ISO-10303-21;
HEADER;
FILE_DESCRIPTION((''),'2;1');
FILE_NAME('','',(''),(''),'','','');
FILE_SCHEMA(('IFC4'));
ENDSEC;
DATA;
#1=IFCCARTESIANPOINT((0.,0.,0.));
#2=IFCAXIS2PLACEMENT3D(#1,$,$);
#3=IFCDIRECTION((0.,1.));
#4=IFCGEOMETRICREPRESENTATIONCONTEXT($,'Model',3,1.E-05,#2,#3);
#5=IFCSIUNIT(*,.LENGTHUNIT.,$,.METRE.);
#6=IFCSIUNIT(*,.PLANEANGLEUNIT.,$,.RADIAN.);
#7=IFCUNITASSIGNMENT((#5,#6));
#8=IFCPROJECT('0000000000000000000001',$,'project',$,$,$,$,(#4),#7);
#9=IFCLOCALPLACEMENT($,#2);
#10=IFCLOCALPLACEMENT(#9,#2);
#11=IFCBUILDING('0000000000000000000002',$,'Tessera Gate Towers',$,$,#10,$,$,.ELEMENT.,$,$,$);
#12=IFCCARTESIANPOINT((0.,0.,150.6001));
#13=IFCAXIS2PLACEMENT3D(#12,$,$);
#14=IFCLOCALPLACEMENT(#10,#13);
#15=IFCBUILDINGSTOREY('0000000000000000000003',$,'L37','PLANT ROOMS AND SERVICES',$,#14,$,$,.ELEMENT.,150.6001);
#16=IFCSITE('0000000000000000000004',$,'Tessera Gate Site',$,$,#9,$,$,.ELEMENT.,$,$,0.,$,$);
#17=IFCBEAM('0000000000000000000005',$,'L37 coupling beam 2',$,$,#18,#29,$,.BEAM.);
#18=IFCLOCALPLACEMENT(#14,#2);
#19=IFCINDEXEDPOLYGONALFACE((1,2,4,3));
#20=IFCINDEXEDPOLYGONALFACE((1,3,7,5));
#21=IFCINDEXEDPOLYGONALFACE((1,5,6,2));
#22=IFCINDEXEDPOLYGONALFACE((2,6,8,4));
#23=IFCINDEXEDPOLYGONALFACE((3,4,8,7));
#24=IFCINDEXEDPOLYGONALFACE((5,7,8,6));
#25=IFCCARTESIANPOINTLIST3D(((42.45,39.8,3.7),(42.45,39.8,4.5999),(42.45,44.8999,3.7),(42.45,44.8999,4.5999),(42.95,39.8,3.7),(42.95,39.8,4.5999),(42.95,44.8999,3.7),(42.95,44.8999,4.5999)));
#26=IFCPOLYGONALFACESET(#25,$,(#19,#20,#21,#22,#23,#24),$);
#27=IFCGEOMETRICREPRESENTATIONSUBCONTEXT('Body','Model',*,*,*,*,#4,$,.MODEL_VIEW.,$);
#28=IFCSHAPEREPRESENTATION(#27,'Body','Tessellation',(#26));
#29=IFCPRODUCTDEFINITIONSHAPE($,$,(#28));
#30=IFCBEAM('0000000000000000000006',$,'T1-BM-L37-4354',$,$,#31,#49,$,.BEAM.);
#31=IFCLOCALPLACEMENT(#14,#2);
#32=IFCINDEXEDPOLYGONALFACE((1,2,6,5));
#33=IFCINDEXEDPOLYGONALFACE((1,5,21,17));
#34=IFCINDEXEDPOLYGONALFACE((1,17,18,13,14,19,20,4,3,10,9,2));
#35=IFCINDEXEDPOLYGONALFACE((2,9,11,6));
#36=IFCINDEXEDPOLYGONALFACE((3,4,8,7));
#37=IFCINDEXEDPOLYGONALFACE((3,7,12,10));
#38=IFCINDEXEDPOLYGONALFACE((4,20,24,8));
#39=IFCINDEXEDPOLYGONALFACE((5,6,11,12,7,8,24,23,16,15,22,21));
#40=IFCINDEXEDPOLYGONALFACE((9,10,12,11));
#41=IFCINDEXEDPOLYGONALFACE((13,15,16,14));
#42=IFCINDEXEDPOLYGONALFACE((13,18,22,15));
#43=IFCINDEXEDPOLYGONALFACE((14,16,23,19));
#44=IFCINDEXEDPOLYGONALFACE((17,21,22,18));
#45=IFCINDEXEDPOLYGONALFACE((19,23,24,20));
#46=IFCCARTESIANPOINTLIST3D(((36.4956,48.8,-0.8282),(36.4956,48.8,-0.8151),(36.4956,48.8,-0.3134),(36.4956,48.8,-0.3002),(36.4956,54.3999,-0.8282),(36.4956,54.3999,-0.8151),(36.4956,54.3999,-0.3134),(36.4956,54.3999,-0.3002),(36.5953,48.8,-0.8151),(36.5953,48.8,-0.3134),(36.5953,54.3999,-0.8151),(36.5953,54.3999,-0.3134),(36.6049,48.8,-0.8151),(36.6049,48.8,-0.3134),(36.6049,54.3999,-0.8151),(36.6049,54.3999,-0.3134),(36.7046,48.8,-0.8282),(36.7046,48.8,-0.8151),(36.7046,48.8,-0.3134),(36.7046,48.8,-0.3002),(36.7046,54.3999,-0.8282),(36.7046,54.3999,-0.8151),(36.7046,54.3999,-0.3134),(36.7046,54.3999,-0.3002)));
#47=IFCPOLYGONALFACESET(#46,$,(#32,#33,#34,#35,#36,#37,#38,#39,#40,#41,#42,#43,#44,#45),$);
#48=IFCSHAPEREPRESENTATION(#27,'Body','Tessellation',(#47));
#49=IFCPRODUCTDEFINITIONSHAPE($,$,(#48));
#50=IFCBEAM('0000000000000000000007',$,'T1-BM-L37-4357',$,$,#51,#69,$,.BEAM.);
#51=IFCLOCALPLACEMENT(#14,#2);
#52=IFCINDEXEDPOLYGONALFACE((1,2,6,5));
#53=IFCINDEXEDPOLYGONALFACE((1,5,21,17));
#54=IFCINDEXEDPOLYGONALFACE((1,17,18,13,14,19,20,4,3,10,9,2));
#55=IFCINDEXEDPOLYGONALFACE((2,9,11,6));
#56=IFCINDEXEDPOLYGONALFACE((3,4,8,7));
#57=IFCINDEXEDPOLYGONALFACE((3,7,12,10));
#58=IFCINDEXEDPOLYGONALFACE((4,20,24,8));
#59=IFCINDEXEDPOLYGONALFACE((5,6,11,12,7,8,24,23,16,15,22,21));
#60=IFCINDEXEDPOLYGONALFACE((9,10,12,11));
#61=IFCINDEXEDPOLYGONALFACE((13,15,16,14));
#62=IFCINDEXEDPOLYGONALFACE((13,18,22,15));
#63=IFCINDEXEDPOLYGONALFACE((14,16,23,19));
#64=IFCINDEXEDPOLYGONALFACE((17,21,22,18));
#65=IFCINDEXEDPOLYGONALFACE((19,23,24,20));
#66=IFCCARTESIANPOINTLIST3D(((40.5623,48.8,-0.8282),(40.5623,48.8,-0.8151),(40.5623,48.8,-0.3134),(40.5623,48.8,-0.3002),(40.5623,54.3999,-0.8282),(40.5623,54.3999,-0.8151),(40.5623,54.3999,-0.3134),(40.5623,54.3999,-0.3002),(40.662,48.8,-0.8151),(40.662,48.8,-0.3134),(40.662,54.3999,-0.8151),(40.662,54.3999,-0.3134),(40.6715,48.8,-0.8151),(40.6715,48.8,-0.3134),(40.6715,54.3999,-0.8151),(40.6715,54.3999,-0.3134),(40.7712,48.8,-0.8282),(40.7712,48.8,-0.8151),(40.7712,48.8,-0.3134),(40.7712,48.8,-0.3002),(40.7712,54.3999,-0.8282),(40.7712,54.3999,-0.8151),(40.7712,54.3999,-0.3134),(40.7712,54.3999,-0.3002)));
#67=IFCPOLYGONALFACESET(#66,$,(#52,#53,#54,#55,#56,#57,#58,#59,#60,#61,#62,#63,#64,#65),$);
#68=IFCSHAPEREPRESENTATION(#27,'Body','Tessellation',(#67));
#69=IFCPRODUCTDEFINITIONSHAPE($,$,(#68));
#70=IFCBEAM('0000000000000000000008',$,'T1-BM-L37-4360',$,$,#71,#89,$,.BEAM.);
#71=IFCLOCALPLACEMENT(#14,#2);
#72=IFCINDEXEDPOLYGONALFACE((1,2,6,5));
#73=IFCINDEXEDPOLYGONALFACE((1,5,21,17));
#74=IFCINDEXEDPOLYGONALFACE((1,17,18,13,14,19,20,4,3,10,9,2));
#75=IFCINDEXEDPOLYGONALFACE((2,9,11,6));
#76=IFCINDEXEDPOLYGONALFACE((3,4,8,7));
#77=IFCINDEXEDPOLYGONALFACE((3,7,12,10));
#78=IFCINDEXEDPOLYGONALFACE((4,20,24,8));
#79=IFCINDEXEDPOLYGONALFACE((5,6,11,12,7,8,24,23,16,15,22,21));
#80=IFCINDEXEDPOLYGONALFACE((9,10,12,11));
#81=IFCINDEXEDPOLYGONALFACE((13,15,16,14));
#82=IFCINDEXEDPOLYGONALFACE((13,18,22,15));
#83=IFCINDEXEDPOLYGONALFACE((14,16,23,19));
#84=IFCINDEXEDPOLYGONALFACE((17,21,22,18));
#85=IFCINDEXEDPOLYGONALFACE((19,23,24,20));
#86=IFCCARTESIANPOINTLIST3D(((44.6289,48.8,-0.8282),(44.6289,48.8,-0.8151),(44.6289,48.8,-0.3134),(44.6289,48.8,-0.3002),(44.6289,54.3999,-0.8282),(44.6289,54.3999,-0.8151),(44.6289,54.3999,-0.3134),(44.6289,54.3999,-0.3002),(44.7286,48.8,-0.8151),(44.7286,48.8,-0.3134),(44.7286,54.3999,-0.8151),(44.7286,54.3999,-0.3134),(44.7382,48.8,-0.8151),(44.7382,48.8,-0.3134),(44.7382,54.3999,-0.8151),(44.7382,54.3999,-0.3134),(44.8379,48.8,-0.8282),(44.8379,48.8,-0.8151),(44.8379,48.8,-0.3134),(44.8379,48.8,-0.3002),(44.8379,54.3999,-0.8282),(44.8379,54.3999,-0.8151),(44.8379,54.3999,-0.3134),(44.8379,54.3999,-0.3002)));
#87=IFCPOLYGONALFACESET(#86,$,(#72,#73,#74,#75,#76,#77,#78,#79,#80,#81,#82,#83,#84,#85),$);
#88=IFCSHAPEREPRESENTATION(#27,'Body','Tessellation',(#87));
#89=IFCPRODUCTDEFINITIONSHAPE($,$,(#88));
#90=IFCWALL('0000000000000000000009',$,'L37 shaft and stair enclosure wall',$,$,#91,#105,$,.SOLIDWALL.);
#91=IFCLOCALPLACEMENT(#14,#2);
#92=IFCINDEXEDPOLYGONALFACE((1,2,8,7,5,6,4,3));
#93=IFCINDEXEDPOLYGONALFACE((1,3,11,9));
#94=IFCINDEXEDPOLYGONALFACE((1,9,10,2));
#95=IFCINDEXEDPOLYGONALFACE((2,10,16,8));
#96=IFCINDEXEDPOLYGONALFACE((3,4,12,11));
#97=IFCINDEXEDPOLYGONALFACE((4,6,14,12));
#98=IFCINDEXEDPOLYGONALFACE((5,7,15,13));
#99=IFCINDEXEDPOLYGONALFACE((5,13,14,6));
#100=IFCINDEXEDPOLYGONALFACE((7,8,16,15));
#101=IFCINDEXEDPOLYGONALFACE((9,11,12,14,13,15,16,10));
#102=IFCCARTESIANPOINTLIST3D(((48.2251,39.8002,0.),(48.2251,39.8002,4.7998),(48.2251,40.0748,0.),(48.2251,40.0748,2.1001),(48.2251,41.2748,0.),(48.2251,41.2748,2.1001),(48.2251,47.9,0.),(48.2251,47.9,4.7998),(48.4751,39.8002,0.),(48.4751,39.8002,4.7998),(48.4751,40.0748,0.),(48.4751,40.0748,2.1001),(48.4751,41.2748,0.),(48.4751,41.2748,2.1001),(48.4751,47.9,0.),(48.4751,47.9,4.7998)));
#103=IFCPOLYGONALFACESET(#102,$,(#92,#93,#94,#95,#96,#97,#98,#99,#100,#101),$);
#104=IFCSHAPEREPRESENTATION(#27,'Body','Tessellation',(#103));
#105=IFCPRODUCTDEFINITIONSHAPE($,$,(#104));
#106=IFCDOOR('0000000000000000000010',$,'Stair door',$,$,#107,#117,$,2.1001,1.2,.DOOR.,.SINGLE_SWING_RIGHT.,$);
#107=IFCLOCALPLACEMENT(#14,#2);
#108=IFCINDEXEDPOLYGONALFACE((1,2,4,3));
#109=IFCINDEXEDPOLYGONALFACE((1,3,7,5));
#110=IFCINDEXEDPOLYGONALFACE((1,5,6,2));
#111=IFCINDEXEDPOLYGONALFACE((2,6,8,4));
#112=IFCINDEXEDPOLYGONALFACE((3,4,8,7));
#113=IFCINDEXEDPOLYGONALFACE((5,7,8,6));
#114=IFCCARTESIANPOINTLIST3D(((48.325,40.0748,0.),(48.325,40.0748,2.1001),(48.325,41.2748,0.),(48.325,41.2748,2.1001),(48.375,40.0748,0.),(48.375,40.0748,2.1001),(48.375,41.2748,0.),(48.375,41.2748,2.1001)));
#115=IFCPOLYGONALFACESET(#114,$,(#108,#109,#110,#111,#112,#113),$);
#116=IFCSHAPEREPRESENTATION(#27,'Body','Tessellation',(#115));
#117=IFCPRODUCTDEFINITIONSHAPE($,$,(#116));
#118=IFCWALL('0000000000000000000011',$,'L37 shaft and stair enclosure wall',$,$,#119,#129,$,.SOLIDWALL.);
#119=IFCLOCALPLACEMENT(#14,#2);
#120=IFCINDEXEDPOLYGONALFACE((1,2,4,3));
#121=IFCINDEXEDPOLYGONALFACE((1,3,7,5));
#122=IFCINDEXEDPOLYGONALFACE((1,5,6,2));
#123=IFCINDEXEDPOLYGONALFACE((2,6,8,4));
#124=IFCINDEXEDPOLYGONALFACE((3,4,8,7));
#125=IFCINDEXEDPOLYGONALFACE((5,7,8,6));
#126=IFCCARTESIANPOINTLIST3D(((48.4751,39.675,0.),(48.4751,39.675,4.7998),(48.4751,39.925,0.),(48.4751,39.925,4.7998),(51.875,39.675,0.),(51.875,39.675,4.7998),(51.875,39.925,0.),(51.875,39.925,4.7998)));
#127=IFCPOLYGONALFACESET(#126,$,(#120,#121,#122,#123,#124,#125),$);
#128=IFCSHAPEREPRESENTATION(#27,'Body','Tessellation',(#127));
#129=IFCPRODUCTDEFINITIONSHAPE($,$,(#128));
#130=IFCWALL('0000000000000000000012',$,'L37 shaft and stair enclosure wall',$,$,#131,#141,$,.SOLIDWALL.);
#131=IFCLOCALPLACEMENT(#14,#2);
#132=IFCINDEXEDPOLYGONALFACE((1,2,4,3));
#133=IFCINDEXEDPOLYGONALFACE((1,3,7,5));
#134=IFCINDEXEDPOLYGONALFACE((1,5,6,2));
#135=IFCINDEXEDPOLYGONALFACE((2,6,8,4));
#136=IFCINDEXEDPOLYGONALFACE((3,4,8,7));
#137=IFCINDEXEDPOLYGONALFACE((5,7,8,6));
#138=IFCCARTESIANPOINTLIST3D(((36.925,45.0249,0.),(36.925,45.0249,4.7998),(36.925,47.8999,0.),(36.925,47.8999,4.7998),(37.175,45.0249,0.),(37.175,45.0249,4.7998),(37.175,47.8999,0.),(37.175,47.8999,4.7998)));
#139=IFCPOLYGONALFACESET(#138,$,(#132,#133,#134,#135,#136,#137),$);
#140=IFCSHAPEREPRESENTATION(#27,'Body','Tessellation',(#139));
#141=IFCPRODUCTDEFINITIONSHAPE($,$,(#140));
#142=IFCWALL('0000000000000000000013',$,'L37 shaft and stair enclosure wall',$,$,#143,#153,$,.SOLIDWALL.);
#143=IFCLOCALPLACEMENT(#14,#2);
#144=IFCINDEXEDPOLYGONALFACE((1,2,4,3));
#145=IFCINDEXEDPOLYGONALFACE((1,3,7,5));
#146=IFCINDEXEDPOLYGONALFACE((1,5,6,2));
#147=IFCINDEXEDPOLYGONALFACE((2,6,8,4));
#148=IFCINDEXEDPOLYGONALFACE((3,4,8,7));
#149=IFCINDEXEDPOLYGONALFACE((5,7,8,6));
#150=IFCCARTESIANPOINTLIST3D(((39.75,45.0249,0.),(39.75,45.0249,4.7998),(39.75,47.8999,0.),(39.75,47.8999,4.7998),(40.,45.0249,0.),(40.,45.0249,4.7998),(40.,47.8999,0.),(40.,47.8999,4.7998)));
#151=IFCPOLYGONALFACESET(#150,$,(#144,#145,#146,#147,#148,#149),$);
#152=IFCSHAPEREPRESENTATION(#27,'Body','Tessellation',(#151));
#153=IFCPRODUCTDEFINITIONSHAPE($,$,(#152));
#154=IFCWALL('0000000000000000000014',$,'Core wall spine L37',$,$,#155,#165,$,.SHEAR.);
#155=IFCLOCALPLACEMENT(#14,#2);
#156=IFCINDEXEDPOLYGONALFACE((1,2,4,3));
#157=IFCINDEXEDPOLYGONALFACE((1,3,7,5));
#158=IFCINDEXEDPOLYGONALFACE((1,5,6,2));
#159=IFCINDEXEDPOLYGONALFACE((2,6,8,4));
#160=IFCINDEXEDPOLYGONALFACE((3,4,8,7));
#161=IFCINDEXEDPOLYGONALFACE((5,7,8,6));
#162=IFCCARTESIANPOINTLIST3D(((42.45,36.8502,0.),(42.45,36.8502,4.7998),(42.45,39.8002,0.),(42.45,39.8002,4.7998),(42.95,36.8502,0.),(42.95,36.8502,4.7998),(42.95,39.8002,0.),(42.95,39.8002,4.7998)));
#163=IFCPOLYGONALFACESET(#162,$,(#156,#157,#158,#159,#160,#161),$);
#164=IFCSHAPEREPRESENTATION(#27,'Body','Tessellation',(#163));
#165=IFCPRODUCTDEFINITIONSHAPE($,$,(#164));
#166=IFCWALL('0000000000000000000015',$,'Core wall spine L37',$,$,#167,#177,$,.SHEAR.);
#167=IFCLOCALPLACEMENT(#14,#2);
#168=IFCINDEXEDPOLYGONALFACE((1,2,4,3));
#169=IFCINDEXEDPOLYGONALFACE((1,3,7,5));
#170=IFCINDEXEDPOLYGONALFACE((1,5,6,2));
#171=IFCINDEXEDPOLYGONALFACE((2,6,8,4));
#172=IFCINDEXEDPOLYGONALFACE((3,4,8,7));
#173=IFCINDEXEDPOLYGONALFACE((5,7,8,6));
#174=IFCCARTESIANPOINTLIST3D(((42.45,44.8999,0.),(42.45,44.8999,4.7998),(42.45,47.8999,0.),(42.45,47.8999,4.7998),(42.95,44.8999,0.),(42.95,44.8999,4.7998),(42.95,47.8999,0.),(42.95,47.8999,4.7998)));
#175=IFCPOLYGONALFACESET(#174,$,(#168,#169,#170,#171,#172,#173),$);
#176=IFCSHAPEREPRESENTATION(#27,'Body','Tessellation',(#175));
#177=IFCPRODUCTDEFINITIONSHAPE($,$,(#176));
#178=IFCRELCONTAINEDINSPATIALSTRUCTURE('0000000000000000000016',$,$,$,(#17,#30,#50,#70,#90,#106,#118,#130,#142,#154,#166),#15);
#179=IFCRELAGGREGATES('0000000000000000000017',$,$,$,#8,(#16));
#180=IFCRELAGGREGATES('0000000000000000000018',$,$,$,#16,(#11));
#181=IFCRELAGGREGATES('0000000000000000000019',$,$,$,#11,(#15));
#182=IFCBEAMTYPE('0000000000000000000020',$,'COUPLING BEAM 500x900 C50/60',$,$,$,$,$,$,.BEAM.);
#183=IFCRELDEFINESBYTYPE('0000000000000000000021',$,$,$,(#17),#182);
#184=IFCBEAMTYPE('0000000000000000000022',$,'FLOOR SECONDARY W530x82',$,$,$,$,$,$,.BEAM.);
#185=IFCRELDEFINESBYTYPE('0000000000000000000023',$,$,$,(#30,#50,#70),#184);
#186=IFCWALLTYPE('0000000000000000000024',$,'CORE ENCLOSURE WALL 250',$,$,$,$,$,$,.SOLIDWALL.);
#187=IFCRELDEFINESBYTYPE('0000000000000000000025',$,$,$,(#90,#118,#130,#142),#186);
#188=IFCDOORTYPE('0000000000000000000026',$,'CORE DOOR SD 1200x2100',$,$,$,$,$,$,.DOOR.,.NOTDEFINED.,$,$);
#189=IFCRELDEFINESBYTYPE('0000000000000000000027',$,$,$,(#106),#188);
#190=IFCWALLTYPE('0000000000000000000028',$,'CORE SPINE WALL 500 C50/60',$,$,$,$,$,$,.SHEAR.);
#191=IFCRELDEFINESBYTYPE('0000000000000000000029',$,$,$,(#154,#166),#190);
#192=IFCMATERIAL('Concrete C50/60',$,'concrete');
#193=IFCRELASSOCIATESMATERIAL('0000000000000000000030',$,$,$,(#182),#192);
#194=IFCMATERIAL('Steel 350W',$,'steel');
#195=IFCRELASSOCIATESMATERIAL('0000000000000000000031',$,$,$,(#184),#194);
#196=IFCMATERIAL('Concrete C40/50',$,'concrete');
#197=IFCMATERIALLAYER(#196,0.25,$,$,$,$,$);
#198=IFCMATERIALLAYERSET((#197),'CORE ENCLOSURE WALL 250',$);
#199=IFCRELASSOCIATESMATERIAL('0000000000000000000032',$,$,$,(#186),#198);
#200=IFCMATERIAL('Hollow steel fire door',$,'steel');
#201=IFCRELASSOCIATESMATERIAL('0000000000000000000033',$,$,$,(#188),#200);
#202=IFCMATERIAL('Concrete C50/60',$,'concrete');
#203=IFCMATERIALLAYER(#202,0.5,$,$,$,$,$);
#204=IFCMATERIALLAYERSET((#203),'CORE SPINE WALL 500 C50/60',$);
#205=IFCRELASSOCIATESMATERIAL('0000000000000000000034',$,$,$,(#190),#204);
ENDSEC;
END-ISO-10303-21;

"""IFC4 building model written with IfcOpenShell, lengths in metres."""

from ifc_helpers import new_model, si_unit, direction, frame, frame_2d, origin, origin_2d, place, context, subcontext, project, spatial, rectangle, i_section, extrude, source, transform, mapped, material, layer, layer_set, material_profile, profile_set, type_object, element, fill, save


model = new_model("IFC4")

# Units and contexts
model_context = context("Model", 3, precision=1e-05, world=origin(), true_north=direction((0.0, 1.0)))
body_context = subcontext(model_context, "Body", "Model", "MODEL_VIEW")
ifc_project = project(units=[si_unit("LENGTHUNIT", "METRE"), si_unit("PLANEANGLEUNIT", "RADIAN")], contexts=[model_context])

# Site, building, storey
site_placement = place(None, origin())
site = spatial("IfcSite", under=ifc_project, at=site_placement, Name="Tessera Gate Site", CompositionType="ELEMENT", RefElevation=0.0)
building_placement = place(site_placement, origin())
building = spatial("IfcBuilding", under=site, at=building_placement, Name="Tessera Gate Towers", CompositionType="ELEMENT")
storey_placement = place(building_placement, frame((0.0, 0.0, 150.6001)))
storey = spatial("IfcBuildingStorey", under=building, at=storey_placement, Name="L37", Description="PLANT ROOMS AND SERVICES", CompositionType="ELEMENT", Elevation=150.6001)

# Beams
ifc_material_1 = material(Name="Concrete C50/60", Category="concrete")
ifc_material_profile_1 = material_profile(ifc_material_1, rectangle(XDim=0.5, YDim=0.8999, at=origin_2d()), Name="RC 500x900")
ifc_profile_set_1 = profile_set([ifc_material_profile_1], Name="Concrete C50/60")
beam_type_1 = type_object("IfcBeamType", Name="COUPLING BEAM 500x900 C50/60", PredefinedType="BEAM", material=ifc_profile_set_1)
beam_placement = place(storey_placement, frame((42.7, 39.8, 4.1499), z_axis=(0.0, 1.0, 0.0), x_axis=(-1.0, 0.0, 0.0)))
element("IfcBeam", 1, at=beam_placement, inside=storey, type_object=beam_type_1, Name="L37 coupling beam 2", PredefinedType="BEAM", context=body_context, shape_type="SweptSolid", body=[
    extrude(rectangle(XDim=0.5, YDim=0.8999, at=origin_2d()), origin(), (0.0, 0.0, 1.0), 5.0999),
])
ifc_material_2 = material(Name="Steel 350W", Category="steel")
ifc_material_profile_2 = material_profile(ifc_material_2, i_section(OverallWidth=0.209, OverallDepth=0.5281, WebThickness=0.0095, FlangeThickness=0.0132, at=origin_2d()), Name="W530x82")
ifc_profile_set_2 = profile_set([ifc_material_profile_2], Name="Steel 350W")
beam_type_2 = type_object("IfcBeamType", Name="FLOOR SECONDARY W530x82", PredefinedType="BEAM", material=ifc_profile_set_2)
for number, where, z_axis, x_axis, name in (
    (2, (36.6001, 48.8, -0.5642), (0.0, 1.0, 0.0), (-1.0, 0.0, 0.0), "T1-BM-L37-4354"),
    (3, (40.6667, 48.8, -0.5642), (0.0, 1.0, 0.0), (-1.0, 0.0, 0.0), "T1-BM-L37-4357"),
    (4, (44.7334, 48.8, -0.5642), (0.0, 1.0, 0.0), (-1.0, 0.0, 0.0), "T1-BM-L37-4360"),
):
    element("IfcBeam", number, at=place(storey_placement, frame(where, z_axis=z_axis, x_axis=x_axis)), inside=storey, type_object=beam_type_2, Name=name, PredefinedType="BEAM", context=body_context, shape_type="SweptSolid", body=[
        extrude(i_section(OverallWidth=0.209, OverallDepth=0.5281, WebThickness=0.0095, FlangeThickness=0.0132, at=origin_2d()), origin(), (0.0, 0.0, 1.0), 5.5999),
    ])

# Wall, opening, door
ifc_material_3 = material(Name="Concrete C40/50", Category="concrete")
ifc_layer_1 = layer(ifc_material_3, 0.25)
ifc_layer_set_1 = layer_set([ifc_layer_1], Name="CORE ENCLOSURE WALL 250")
wall_type_1 = type_object("IfcWallType", Name="CORE ENCLOSURE WALL 250", PredefinedType="SOLIDWALL", material=ifc_layer_set_1)
wall_1_placement = place(storey_placement, frame((48.3501, 47.8999, 0.0), z_axis=(0.0, 0.0, 1.0), x_axis=(0.0, -1.0, 0.0)))
wall_1 = element("IfcWall", 5, at=wall_1_placement, inside=storey, type_object=wall_type_1, Name="L37 shaft and stair enclosure wall", PredefinedType="SOLIDWALL", context=body_context, shape_type="SweptSolid", body=[
    extrude(rectangle(XDim=8.0999, YDim=0.25, at=frame_2d((4.0498, 0.0))), origin(), (0.0, 0.0, 1.0), 4.7998),
])
shared_shape_1 = source(origin(), body_context, "Body", "SweptSolid", [
    extrude(rectangle(XDim=1.2, YDim=2.1001, at=frame_2d((0.6001, 1.05))), frame((0.0, 0.135, 0.0), z_axis=(0.0, -1.0, 0.0), x_axis=(1.0, 0.0, 0.0)), (0.0, 0.0, 1.0), 0.27),
])
opening_1_placement = place(wall_1_placement, frame((6.625, 0.0, 0.0)))
opening_1 = element("IfcOpeningElement", 6, at=opening_1_placement, cuts=wall_1, PredefinedType="OPENING", context=body_context, shape_type="MappedRepresentation", body=[
    mapped(shared_shape_1, transform((0.0, 0.0, 0.0), scale=1.0)),
])
ifc_material_4 = material(Name="Hollow steel fire door", Category="steel")
door_type_1 = type_object("IfcDoorType", Name="CORE DOOR SD 1200x2100", OperationType="NOTDEFINED", PredefinedType="DOOR", material=ifc_material_4)
shared_shape_2 = source(origin(), body_context, "Body", "SweptSolid", [
    extrude(rectangle(XDim=1.2, YDim=2.1001, at=frame_2d((0.6001, 1.05))), frame((0.0, 0.0249, 0.0), z_axis=(0.0, -1.0, 0.0), x_axis=(1.0, 0.0, 0.0)), (0.0, 0.0, 1.0), 0.05),
])
door_1_placement = place(opening_1_placement, origin())
door_1 = element("IfcDoor", 7, at=door_1_placement, inside=storey, type_object=door_type_1, Name="Stair door", OperationType="SINGLE_SWING_RIGHT", OverallHeight=2.1001, OverallWidth=1.2, PredefinedType="DOOR", context=body_context, shape_type="MappedRepresentation", body=[
    mapped(shared_shape_2, transform((0.0, 0.0, 0.0), scale=1.0)),
])
fill(opening_1, door_1)

# Walls
wall_2_placement = place(storey_placement, frame((48.4751, 39.8, 0.0), z_axis=(0.0, 0.0, 1.0), x_axis=(1.0, 0.0, 0.0)))
element("IfcWall", 8, at=wall_2_placement, inside=storey, type_object=wall_type_1, Name="L37 shaft and stair enclosure wall", PredefinedType="SOLIDWALL", context=body_context, shape_type="SweptSolid", body=[
    extrude(rectangle(XDim=3.3999, YDim=0.25, at=frame_2d((1.7, 0.0))), origin(), (0.0, 0.0, 1.0), 4.7998),
])
for number, where, z_axis, x_axis, name in (
    (9, (37.05, 45.0249, 0.0), (0.0, 0.0, 1.0), (0.0, 1.0, 0.0), "L37 shaft and stair enclosure wall"),
    (10, (39.875, 45.0249, 0.0), (0.0, 0.0, 1.0), (0.0, 1.0, 0.0), "L37 shaft and stair enclosure wall"),
):
    element("IfcWall", number, at=place(storey_placement, frame(where, z_axis=z_axis, x_axis=x_axis)), inside=storey, type_object=wall_type_1, Name=name, PredefinedType="SOLIDWALL", context=body_context, shape_type="SweptSolid", body=[
        extrude(rectangle(XDim=2.875, YDim=0.25, at=frame_2d((1.4375, 0.0))), origin(), (0.0, 0.0, 1.0), 4.7998),
    ])
ifc_material_5 = material(Name="Concrete C50/60", Category="concrete")
ifc_layer_2 = layer(ifc_material_5, 0.5)
ifc_layer_set_2 = layer_set([ifc_layer_2], Name="CORE SPINE WALL 500 C50/60")
wall_type_2 = type_object("IfcWallType", Name="CORE SPINE WALL 500 C50/60", PredefinedType="SHEAR", material=ifc_layer_set_2)
wall_3_placement = place(storey_placement, frame((42.7, 36.8501, 0.0), z_axis=(0.0, 0.0, 1.0), x_axis=(0.0, 1.0, 0.0)))
element("IfcWall", 11, at=wall_3_placement, inside=storey, type_object=wall_type_2, Name="Core wall spine L37", PredefinedType="SHEAR", context=body_context, shape_type="SweptSolid", body=[
    extrude(rectangle(XDim=2.95, YDim=0.5, at=frame_2d((1.4751, 0.0))), origin(), (0.0, 0.0, 1.0), 4.7998),
])
wall_4_placement = place(storey_placement, frame((42.7, 44.8999, 0.0), z_axis=(0.0, 0.0, 1.0), x_axis=(0.0, 1.0, 0.0)))
element("IfcWall", 12, at=wall_4_placement, inside=storey, type_object=wall_type_2, Name="Core wall spine L37", PredefinedType="SHEAR", context=body_context, shape_type="SweptSolid", body=[
    extrude(rectangle(XDim=3.0, YDim=0.5, at=frame_2d((1.5, 0.0))), origin(), (0.0, 0.0, 1.0), 4.7998),
])

save(model, "model.ifc")
